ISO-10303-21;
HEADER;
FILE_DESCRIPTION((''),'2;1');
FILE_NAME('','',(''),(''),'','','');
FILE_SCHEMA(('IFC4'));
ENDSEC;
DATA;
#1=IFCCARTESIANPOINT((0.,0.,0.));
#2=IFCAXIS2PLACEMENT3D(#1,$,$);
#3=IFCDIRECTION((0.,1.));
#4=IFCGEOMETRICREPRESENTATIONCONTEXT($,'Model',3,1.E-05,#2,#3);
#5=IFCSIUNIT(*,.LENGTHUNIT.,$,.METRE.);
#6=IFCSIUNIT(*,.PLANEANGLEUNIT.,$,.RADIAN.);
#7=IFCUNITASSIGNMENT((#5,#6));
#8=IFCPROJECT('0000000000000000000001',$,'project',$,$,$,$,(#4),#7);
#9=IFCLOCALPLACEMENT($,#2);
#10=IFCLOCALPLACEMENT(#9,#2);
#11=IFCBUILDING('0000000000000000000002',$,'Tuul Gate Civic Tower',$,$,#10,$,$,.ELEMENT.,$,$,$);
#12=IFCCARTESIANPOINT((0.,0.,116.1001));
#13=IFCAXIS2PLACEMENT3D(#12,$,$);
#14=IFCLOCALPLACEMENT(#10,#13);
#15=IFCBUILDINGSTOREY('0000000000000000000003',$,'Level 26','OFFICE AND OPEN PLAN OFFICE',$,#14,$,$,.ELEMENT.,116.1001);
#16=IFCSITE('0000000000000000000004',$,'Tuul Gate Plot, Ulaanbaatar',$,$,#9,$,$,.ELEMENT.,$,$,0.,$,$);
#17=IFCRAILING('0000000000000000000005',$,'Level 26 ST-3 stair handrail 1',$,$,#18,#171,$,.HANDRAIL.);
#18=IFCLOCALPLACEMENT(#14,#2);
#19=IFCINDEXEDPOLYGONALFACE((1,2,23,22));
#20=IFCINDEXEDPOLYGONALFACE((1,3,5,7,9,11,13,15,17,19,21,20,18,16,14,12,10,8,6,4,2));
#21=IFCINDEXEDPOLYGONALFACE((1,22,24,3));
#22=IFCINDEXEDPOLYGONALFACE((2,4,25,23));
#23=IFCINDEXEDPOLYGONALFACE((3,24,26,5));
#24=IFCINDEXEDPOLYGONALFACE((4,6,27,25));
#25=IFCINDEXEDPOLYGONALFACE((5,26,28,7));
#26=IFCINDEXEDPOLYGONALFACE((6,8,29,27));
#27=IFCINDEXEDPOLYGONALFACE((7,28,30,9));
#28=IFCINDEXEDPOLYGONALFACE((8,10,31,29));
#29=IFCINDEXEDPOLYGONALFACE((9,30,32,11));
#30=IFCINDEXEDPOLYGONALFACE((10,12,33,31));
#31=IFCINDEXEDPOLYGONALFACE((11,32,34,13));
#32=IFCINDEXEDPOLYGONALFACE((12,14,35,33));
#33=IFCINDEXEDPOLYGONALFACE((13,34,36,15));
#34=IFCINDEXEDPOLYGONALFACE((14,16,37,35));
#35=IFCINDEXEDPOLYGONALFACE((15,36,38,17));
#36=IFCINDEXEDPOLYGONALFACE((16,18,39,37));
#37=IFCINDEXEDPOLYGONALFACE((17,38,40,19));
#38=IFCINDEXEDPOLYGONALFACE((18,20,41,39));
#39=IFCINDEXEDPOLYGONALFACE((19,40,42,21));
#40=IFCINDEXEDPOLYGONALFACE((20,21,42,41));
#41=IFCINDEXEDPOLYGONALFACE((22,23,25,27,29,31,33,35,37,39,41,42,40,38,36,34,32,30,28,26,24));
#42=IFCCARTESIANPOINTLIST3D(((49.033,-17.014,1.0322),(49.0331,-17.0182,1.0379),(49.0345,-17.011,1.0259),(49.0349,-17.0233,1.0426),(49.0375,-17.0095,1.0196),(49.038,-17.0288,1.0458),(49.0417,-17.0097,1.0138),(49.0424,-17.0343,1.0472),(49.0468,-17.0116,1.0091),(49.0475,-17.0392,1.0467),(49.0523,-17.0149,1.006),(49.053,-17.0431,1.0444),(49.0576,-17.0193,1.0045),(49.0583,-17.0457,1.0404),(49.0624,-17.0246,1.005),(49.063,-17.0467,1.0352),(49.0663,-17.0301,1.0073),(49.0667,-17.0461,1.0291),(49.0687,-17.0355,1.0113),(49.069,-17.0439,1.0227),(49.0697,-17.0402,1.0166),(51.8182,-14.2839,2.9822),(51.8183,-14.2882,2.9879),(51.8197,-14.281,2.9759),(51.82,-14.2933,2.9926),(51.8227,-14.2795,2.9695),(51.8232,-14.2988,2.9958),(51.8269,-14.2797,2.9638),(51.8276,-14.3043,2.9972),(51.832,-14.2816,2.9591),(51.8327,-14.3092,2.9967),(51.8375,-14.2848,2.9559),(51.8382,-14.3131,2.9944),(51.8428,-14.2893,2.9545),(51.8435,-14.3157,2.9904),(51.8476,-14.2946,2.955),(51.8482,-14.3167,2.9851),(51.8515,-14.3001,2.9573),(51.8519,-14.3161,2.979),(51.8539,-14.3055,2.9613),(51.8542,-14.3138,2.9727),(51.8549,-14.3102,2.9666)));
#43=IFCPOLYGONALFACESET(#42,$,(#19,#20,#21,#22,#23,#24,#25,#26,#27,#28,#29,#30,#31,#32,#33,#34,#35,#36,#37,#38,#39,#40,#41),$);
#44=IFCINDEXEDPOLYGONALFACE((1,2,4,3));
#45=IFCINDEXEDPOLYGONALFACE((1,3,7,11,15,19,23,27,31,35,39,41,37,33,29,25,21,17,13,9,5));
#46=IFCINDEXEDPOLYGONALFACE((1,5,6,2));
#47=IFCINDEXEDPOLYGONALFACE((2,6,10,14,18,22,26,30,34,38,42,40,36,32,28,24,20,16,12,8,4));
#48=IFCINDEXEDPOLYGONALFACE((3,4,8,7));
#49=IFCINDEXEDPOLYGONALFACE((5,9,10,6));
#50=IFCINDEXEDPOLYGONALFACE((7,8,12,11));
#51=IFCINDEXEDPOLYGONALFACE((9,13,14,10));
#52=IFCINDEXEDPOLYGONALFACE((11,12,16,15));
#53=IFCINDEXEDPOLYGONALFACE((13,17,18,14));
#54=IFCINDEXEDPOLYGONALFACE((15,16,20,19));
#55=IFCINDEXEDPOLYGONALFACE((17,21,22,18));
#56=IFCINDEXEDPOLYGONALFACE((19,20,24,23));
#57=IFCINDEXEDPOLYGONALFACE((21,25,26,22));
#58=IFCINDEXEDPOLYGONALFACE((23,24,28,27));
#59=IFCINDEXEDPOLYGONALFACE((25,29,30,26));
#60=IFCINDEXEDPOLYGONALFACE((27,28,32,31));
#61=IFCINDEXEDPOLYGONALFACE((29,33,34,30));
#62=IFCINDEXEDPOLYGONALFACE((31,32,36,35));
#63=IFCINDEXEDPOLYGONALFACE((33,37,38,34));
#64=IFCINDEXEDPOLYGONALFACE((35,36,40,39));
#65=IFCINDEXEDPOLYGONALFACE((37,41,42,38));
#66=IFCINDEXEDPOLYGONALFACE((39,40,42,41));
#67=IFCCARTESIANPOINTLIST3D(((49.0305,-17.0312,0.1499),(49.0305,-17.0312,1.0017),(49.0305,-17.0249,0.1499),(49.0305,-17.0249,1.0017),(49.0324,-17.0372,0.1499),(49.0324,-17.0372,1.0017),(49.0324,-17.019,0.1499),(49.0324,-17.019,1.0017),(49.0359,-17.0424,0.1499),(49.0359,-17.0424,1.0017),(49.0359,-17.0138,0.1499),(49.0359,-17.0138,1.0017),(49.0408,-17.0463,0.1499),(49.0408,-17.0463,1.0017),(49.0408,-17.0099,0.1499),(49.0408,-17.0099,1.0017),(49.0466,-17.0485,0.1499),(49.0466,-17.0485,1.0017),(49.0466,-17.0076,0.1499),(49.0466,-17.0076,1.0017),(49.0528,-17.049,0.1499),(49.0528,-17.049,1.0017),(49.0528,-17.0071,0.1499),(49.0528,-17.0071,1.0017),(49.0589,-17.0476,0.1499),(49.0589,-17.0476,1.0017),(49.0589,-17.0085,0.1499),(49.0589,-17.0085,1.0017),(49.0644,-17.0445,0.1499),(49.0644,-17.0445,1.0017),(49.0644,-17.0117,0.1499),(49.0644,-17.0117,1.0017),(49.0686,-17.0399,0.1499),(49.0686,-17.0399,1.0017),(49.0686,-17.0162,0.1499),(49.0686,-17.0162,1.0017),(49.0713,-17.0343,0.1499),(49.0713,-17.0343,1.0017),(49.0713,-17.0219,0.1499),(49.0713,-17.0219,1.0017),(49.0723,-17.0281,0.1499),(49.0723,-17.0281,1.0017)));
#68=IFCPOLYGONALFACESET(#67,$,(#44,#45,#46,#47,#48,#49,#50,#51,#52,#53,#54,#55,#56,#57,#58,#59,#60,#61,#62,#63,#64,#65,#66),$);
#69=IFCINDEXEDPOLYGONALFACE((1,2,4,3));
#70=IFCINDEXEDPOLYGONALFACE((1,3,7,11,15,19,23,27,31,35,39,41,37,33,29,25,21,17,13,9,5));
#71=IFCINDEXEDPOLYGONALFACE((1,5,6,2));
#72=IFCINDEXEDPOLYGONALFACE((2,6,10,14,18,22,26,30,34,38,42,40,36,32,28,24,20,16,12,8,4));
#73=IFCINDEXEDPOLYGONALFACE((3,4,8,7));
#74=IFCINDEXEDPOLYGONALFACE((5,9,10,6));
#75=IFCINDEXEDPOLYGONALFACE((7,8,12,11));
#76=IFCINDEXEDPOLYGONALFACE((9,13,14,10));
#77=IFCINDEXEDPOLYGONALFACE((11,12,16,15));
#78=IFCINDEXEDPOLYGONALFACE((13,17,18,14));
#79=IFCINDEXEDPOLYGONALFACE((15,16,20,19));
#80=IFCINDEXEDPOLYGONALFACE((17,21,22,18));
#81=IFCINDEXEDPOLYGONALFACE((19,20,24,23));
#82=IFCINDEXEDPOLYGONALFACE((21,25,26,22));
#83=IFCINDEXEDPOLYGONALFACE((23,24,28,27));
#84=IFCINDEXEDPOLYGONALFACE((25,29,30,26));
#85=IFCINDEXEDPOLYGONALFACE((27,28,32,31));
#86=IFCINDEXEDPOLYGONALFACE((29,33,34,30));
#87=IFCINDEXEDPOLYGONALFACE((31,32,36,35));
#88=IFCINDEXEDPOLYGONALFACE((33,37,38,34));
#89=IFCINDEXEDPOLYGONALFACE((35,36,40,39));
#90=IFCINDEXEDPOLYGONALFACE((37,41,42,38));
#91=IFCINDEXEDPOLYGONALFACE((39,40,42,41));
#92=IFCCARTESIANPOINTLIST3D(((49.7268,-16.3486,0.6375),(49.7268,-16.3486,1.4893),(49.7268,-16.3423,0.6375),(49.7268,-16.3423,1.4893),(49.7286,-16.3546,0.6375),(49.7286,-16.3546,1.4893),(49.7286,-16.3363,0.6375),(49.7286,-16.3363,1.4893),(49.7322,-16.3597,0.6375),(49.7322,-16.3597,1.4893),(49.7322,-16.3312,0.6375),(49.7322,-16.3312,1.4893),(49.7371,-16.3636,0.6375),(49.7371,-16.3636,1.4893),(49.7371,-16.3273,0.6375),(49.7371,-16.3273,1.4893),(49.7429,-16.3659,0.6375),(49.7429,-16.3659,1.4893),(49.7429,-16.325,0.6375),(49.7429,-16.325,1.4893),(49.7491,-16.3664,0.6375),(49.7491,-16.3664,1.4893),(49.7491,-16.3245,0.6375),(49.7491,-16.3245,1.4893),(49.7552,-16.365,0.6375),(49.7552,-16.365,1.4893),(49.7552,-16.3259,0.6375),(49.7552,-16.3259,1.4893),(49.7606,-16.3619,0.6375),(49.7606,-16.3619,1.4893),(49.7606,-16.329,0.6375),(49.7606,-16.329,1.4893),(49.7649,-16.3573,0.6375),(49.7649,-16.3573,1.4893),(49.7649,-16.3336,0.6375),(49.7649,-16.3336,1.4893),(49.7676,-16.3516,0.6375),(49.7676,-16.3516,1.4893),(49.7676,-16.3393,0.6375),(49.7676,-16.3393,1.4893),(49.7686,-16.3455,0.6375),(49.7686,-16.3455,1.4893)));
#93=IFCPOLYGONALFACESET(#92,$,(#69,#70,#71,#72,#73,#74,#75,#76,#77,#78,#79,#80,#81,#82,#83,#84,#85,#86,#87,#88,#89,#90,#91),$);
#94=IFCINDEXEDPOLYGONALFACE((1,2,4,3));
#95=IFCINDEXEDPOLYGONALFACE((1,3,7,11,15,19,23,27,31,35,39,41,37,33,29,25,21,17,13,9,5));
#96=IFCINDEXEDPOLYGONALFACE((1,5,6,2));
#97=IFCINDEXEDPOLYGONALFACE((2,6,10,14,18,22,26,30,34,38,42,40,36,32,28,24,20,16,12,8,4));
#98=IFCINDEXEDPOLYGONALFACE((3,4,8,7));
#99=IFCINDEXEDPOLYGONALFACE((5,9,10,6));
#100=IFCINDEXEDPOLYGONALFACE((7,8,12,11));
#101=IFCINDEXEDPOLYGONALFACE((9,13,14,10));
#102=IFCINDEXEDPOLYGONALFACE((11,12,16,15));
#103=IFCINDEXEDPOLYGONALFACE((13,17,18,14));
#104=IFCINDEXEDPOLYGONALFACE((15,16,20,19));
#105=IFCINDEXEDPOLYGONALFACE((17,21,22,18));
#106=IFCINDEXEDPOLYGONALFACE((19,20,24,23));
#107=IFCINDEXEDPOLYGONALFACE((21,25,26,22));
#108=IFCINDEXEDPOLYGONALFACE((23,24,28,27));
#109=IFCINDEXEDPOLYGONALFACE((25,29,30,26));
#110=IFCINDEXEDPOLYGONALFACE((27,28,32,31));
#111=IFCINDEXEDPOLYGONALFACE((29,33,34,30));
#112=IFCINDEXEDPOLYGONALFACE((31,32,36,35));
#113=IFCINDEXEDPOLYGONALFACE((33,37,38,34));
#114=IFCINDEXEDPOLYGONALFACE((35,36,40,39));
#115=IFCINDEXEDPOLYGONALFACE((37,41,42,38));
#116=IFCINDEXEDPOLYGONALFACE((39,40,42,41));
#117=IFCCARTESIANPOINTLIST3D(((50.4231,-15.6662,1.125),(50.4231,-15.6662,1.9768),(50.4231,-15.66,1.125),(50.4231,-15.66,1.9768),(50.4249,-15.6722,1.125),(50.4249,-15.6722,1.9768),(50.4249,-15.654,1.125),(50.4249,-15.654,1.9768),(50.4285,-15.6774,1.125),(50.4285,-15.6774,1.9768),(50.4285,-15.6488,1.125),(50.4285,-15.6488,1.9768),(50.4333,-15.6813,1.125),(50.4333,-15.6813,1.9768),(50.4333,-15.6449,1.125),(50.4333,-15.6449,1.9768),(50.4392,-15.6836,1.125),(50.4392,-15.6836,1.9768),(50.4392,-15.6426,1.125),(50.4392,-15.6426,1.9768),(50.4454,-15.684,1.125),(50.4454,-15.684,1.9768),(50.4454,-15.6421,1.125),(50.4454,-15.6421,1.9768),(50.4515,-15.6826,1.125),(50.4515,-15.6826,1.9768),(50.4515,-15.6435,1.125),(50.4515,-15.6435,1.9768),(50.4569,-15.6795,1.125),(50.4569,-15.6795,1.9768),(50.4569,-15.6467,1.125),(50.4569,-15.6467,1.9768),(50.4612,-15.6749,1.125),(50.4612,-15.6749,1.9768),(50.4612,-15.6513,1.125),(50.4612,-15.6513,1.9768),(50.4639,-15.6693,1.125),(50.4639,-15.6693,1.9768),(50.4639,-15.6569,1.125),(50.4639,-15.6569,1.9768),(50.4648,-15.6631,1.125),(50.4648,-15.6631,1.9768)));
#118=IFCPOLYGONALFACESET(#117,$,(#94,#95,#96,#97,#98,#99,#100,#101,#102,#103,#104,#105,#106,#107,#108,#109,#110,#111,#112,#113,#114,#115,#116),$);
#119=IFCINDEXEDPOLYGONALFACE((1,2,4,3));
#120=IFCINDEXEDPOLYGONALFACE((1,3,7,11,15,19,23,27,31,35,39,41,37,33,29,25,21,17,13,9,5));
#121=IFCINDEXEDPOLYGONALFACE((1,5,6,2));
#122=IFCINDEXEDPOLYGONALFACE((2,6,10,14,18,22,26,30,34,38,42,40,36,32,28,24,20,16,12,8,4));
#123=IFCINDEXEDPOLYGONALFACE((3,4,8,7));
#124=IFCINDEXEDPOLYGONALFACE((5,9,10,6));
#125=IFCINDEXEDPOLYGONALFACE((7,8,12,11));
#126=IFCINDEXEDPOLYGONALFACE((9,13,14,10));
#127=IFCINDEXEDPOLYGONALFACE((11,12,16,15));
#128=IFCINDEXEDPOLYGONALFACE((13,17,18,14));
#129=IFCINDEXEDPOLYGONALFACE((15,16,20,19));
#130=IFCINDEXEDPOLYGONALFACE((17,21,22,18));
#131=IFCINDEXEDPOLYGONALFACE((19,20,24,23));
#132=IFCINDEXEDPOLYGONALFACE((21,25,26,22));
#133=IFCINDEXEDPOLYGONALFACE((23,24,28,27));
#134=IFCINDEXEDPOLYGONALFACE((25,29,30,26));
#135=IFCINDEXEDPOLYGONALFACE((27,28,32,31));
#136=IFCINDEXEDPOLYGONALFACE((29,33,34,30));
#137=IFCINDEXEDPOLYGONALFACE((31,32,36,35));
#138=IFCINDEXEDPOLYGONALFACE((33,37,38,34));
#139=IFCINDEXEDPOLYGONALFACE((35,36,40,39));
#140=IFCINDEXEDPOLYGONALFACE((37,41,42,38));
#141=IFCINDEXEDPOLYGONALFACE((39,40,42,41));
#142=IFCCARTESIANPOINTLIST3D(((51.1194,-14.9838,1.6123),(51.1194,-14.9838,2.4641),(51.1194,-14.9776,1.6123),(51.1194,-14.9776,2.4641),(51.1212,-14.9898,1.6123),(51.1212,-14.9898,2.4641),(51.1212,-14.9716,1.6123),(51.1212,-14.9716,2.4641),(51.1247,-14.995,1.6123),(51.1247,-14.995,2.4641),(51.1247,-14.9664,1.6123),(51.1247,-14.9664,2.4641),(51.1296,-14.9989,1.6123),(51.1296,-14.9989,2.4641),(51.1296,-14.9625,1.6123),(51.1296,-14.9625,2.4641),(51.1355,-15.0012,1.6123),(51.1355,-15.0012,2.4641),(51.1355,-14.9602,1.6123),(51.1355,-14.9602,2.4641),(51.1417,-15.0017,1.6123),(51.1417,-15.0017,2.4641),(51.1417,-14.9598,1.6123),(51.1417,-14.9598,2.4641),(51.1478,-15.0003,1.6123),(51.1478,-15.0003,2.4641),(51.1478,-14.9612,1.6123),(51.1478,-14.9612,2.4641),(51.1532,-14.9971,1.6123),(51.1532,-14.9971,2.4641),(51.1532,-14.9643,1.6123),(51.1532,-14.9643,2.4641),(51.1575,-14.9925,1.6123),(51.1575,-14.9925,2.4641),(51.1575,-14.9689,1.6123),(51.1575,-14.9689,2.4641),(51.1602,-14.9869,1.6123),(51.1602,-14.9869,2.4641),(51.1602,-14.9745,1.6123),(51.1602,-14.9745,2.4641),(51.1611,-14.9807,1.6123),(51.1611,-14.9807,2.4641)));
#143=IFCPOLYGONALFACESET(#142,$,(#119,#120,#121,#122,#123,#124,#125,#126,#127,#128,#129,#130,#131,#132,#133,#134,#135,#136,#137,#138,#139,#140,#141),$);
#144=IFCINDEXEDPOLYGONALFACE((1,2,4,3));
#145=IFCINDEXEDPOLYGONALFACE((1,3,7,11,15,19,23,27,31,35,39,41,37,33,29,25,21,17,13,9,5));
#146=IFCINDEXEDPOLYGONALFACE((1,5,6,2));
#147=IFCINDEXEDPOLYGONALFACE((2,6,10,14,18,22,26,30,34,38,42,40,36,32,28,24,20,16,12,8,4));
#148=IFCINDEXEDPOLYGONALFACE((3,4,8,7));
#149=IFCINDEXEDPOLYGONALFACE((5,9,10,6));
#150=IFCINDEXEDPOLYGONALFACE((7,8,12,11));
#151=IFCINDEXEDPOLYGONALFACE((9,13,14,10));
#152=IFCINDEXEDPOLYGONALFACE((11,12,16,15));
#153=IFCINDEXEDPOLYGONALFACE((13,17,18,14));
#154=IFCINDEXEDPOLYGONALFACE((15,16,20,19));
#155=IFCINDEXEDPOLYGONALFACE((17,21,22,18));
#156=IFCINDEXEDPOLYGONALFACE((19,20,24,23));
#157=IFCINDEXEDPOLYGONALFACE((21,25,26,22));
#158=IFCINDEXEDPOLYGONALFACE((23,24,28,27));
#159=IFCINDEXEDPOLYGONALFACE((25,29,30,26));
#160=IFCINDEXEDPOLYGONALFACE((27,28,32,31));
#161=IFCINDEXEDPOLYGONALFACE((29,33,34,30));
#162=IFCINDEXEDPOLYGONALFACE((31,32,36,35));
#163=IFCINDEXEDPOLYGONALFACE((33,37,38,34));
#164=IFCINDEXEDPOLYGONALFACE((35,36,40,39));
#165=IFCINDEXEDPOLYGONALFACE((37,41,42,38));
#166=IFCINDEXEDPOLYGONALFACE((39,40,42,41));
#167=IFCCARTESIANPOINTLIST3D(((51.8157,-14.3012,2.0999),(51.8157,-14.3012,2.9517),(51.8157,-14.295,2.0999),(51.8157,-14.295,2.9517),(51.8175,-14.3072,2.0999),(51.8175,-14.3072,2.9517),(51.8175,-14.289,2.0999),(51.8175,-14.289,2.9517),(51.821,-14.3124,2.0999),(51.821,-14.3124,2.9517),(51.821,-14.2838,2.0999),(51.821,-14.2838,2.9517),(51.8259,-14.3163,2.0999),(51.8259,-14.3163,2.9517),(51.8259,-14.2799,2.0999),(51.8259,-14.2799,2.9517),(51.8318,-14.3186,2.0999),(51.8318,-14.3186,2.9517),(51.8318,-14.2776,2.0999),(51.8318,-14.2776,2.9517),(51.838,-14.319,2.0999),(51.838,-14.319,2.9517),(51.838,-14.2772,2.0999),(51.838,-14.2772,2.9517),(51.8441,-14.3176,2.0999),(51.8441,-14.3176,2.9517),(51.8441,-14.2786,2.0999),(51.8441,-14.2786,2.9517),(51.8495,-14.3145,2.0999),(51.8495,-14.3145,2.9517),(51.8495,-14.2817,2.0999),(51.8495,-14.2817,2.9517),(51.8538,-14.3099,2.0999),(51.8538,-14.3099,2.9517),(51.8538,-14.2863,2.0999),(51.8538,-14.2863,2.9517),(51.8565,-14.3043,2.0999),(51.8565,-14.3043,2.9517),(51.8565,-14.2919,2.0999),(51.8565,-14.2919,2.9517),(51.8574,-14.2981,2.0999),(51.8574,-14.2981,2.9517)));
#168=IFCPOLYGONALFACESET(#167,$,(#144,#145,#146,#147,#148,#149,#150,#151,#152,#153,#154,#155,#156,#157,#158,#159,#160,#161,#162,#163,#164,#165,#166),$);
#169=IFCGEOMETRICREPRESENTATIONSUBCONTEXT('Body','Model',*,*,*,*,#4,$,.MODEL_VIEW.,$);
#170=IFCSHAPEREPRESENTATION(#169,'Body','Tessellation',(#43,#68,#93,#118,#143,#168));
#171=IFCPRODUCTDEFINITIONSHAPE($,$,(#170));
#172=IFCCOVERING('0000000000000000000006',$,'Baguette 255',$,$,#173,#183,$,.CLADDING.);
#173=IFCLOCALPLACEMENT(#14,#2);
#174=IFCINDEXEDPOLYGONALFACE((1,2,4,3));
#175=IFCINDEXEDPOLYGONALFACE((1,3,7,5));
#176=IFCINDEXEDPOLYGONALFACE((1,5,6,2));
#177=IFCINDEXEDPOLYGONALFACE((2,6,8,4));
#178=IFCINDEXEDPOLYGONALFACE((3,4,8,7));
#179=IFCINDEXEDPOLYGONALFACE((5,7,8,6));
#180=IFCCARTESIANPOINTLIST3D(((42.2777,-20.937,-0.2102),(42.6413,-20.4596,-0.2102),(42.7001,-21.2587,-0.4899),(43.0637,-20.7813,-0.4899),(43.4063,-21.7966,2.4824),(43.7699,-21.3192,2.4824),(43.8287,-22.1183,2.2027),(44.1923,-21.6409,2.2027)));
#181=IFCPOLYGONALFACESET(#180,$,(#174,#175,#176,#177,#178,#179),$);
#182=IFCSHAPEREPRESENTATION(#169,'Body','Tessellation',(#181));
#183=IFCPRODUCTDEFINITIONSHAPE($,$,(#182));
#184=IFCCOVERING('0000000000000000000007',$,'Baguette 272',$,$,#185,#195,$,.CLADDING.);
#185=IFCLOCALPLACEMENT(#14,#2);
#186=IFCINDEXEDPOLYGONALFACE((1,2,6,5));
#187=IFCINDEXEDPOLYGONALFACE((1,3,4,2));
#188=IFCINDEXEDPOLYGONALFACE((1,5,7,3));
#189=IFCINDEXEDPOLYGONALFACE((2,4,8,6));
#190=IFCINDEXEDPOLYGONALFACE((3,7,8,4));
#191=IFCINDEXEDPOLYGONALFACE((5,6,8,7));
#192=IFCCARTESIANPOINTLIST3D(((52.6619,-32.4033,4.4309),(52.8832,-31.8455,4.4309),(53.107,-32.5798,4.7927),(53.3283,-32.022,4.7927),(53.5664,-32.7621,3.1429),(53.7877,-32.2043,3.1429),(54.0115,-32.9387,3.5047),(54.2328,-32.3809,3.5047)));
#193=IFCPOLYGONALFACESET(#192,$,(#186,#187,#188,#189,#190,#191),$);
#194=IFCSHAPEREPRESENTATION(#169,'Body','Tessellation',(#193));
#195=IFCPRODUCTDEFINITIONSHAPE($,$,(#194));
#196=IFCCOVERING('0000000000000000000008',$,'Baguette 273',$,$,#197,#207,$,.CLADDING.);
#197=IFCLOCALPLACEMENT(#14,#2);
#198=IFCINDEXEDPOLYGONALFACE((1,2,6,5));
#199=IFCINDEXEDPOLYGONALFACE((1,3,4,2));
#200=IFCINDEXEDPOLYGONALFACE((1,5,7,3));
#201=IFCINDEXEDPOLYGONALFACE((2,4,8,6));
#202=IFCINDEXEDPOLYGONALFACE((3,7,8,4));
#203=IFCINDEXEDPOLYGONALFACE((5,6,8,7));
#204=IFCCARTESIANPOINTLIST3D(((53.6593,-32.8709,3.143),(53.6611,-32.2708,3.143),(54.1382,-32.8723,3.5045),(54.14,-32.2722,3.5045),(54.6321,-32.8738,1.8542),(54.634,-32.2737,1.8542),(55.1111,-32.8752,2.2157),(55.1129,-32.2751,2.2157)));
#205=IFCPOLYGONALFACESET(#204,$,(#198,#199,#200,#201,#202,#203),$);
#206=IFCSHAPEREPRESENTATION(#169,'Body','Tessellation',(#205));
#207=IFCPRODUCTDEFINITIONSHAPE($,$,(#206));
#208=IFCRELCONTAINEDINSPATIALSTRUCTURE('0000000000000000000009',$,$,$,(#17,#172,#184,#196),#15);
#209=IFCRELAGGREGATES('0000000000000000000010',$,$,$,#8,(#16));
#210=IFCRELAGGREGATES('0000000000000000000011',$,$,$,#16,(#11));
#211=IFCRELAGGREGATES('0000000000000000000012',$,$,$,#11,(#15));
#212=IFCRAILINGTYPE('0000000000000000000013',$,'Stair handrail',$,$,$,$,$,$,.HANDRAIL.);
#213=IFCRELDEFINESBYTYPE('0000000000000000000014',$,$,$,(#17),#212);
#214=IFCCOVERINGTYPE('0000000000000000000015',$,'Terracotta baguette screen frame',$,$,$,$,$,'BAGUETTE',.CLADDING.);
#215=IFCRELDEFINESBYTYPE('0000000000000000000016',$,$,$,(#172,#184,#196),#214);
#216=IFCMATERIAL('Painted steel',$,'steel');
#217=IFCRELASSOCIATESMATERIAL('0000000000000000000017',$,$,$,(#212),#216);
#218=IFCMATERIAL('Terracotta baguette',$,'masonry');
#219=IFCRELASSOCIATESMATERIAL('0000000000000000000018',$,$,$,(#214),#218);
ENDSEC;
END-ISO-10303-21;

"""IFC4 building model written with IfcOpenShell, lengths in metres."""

from ifc_helpers import new_model, si_unit, direction, frame, origin, origin_2d, place, context, subcontext, project, spatial, rectangle, circle, extrude, material, material_profile, profile_set, type_object, element, save


model = new_model("IFC4")

# Units and contexts
model_context = context("Model", 3, precision=1e-05, world=origin(), true_north=direction((0.0, 1.0)))
body_context = subcontext(model_context, "Body", "Model", "MODEL_VIEW")
ifc_project = project(units=[si_unit("LENGTHUNIT", "METRE"), si_unit("PLANEANGLEUNIT", "RADIAN")], contexts=[model_context])

# Site, building, storey
site_placement = place(None, origin())
site = spatial("IfcSite", under=ifc_project, at=site_placement, Name="Tuul Gate Plot, Ulaanbaatar", CompositionType="ELEMENT", RefElevation=0.0)
building_placement = place(site_placement, origin())
building = spatial("IfcBuilding", under=site, at=building_placement, Name="Tuul Gate Civic Tower", CompositionType="ELEMENT")
storey_placement = place(building_placement, frame((0.0, 0.0, 116.1001)))
storey = spatial("IfcBuildingStorey", under=building, at=storey_placement, Name="Level 26", Description="OFFICE AND OPEN PLAN OFFICE", CompositionType="ELEMENT", Elevation=116.1001)

# Railing
ifc_material_1 = material(Name="Painted steel", Category="steel")
railing_type = type_object("IfcRailingType", Name="Stair handrail", PredefinedType="HANDRAIL", material=ifc_material_1)
railing_placement = place(storey_placement, frame((49.0513, -17.0281, 0.1499)))
element("IfcRailing", 1, at=railing_placement, inside=storey, type_object=railing_type, Name="Level 26 ST-3 stair handrail 1", PredefinedType="HANDRAIL", context=body_context, shape_type="SweptSolid", body=[
    extrude(circle(Radius=0.0239, at=origin_2d()), frame((0.0, 0.0, 0.876), z_axis=(0.638754, 0.6261, 0.447206), x_axis=(-0.699998, 0.714145, 0.0)), (0.0, 0.0, 1.0), 4.3604),
    extrude(circle(Radius=0.021, at=origin_2d()), origin(), (0.0, 0.0, 1.0), 0.8518),
    extrude(circle(Radius=0.021, at=origin_2d()), frame((0.6963, 0.6826, 0.4875)), (0.0, 0.0, 1.0), 0.8518),
    extrude(circle(Radius=0.021, at=origin_2d()), frame((1.3926, 1.365, 0.9751)), (0.0, 0.0, 1.0), 0.8518),
    extrude(circle(Radius=0.021, at=origin_2d()), frame((2.0889, 2.0474, 1.4624)), (0.0, 0.0, 1.0), 0.8518),
    extrude(circle(Radius=0.021, at=origin_2d()), frame((2.7852, 2.73, 1.95)), (0.0, 0.0, 1.0), 0.8518),
])

# Coverings
ifc_material_2 = material(Name="Terracotta baguette", Category="masonry")
ifc_material_profile_1 = material_profile(ifc_material_2, rectangle(XDim=0.6001, YDim=0.6001, at=origin_2d()), Name="Terracotta baguette screen frame")
ifc_profile_set_1 = profile_set([ifc_material_profile_1], Name="Terracotta baguette")
covering_type = type_object("IfcCoveringType", Name="Terracotta baguette screen frame", ElementType="BAGUETTE", PredefinedType="CLADDING", material=ifc_profile_set_1)
covering_1_placement = place(storey_placement, frame((43.7993, -21.7188, 2.3425), z_axis=(-0.37084, 0.282442, -0.884706), x_axis=(-0.605903, -0.795538, 0.0)))
element("IfcCovering", 2, at=covering_1_placement, inside=storey, type_object=covering_type, Name="Baguette 255", PredefinedType="CLADDING", context=body_context, shape_type="SweptSolid", body=[
    extrude(rectangle(XDim=0.6001, YDim=0.6001, at=origin_2d()), origin(), (0.0, 0.0, 1.0), 3.0435),
])
covering_2_placement = place(storey_placement, frame((52.9951, -32.2126, 4.6118), z_axis=(0.560309, -0.222309, -0.797892), x_axis=(0.368794, 0.929511, 0.0)))
element("IfcCovering", 3, at=covering_2_placement, inside=storey, type_object=covering_type, Name="Baguette 272", PredefinedType="CLADDING", context=body_context, shape_type="SweptSolid", body=[
    extrude(rectangle(XDim=0.6001, YDim=0.6001, at=origin_2d()), origin(), (0.0, 0.0, 1.0), 1.6143),
])
covering_3_placement = place(storey_placement, frame((53.8997, -32.5715, 3.3237), z_axis=(0.602488, -0.001814, -0.798126), x_axis=(0.003011, 0.999995, 0.0)))
element("IfcCovering", 4, at=covering_3_placement, inside=storey, type_object=covering_type, Name="Baguette 273", PredefinedType="CLADDING", context=body_context, shape_type="SweptSolid", body=[
    extrude(rectangle(XDim=0.6001, YDim=0.6001, at=origin_2d()), origin(), (0.0, 0.0, 1.0), 1.6147),
])

save(model, "model.ifc")
